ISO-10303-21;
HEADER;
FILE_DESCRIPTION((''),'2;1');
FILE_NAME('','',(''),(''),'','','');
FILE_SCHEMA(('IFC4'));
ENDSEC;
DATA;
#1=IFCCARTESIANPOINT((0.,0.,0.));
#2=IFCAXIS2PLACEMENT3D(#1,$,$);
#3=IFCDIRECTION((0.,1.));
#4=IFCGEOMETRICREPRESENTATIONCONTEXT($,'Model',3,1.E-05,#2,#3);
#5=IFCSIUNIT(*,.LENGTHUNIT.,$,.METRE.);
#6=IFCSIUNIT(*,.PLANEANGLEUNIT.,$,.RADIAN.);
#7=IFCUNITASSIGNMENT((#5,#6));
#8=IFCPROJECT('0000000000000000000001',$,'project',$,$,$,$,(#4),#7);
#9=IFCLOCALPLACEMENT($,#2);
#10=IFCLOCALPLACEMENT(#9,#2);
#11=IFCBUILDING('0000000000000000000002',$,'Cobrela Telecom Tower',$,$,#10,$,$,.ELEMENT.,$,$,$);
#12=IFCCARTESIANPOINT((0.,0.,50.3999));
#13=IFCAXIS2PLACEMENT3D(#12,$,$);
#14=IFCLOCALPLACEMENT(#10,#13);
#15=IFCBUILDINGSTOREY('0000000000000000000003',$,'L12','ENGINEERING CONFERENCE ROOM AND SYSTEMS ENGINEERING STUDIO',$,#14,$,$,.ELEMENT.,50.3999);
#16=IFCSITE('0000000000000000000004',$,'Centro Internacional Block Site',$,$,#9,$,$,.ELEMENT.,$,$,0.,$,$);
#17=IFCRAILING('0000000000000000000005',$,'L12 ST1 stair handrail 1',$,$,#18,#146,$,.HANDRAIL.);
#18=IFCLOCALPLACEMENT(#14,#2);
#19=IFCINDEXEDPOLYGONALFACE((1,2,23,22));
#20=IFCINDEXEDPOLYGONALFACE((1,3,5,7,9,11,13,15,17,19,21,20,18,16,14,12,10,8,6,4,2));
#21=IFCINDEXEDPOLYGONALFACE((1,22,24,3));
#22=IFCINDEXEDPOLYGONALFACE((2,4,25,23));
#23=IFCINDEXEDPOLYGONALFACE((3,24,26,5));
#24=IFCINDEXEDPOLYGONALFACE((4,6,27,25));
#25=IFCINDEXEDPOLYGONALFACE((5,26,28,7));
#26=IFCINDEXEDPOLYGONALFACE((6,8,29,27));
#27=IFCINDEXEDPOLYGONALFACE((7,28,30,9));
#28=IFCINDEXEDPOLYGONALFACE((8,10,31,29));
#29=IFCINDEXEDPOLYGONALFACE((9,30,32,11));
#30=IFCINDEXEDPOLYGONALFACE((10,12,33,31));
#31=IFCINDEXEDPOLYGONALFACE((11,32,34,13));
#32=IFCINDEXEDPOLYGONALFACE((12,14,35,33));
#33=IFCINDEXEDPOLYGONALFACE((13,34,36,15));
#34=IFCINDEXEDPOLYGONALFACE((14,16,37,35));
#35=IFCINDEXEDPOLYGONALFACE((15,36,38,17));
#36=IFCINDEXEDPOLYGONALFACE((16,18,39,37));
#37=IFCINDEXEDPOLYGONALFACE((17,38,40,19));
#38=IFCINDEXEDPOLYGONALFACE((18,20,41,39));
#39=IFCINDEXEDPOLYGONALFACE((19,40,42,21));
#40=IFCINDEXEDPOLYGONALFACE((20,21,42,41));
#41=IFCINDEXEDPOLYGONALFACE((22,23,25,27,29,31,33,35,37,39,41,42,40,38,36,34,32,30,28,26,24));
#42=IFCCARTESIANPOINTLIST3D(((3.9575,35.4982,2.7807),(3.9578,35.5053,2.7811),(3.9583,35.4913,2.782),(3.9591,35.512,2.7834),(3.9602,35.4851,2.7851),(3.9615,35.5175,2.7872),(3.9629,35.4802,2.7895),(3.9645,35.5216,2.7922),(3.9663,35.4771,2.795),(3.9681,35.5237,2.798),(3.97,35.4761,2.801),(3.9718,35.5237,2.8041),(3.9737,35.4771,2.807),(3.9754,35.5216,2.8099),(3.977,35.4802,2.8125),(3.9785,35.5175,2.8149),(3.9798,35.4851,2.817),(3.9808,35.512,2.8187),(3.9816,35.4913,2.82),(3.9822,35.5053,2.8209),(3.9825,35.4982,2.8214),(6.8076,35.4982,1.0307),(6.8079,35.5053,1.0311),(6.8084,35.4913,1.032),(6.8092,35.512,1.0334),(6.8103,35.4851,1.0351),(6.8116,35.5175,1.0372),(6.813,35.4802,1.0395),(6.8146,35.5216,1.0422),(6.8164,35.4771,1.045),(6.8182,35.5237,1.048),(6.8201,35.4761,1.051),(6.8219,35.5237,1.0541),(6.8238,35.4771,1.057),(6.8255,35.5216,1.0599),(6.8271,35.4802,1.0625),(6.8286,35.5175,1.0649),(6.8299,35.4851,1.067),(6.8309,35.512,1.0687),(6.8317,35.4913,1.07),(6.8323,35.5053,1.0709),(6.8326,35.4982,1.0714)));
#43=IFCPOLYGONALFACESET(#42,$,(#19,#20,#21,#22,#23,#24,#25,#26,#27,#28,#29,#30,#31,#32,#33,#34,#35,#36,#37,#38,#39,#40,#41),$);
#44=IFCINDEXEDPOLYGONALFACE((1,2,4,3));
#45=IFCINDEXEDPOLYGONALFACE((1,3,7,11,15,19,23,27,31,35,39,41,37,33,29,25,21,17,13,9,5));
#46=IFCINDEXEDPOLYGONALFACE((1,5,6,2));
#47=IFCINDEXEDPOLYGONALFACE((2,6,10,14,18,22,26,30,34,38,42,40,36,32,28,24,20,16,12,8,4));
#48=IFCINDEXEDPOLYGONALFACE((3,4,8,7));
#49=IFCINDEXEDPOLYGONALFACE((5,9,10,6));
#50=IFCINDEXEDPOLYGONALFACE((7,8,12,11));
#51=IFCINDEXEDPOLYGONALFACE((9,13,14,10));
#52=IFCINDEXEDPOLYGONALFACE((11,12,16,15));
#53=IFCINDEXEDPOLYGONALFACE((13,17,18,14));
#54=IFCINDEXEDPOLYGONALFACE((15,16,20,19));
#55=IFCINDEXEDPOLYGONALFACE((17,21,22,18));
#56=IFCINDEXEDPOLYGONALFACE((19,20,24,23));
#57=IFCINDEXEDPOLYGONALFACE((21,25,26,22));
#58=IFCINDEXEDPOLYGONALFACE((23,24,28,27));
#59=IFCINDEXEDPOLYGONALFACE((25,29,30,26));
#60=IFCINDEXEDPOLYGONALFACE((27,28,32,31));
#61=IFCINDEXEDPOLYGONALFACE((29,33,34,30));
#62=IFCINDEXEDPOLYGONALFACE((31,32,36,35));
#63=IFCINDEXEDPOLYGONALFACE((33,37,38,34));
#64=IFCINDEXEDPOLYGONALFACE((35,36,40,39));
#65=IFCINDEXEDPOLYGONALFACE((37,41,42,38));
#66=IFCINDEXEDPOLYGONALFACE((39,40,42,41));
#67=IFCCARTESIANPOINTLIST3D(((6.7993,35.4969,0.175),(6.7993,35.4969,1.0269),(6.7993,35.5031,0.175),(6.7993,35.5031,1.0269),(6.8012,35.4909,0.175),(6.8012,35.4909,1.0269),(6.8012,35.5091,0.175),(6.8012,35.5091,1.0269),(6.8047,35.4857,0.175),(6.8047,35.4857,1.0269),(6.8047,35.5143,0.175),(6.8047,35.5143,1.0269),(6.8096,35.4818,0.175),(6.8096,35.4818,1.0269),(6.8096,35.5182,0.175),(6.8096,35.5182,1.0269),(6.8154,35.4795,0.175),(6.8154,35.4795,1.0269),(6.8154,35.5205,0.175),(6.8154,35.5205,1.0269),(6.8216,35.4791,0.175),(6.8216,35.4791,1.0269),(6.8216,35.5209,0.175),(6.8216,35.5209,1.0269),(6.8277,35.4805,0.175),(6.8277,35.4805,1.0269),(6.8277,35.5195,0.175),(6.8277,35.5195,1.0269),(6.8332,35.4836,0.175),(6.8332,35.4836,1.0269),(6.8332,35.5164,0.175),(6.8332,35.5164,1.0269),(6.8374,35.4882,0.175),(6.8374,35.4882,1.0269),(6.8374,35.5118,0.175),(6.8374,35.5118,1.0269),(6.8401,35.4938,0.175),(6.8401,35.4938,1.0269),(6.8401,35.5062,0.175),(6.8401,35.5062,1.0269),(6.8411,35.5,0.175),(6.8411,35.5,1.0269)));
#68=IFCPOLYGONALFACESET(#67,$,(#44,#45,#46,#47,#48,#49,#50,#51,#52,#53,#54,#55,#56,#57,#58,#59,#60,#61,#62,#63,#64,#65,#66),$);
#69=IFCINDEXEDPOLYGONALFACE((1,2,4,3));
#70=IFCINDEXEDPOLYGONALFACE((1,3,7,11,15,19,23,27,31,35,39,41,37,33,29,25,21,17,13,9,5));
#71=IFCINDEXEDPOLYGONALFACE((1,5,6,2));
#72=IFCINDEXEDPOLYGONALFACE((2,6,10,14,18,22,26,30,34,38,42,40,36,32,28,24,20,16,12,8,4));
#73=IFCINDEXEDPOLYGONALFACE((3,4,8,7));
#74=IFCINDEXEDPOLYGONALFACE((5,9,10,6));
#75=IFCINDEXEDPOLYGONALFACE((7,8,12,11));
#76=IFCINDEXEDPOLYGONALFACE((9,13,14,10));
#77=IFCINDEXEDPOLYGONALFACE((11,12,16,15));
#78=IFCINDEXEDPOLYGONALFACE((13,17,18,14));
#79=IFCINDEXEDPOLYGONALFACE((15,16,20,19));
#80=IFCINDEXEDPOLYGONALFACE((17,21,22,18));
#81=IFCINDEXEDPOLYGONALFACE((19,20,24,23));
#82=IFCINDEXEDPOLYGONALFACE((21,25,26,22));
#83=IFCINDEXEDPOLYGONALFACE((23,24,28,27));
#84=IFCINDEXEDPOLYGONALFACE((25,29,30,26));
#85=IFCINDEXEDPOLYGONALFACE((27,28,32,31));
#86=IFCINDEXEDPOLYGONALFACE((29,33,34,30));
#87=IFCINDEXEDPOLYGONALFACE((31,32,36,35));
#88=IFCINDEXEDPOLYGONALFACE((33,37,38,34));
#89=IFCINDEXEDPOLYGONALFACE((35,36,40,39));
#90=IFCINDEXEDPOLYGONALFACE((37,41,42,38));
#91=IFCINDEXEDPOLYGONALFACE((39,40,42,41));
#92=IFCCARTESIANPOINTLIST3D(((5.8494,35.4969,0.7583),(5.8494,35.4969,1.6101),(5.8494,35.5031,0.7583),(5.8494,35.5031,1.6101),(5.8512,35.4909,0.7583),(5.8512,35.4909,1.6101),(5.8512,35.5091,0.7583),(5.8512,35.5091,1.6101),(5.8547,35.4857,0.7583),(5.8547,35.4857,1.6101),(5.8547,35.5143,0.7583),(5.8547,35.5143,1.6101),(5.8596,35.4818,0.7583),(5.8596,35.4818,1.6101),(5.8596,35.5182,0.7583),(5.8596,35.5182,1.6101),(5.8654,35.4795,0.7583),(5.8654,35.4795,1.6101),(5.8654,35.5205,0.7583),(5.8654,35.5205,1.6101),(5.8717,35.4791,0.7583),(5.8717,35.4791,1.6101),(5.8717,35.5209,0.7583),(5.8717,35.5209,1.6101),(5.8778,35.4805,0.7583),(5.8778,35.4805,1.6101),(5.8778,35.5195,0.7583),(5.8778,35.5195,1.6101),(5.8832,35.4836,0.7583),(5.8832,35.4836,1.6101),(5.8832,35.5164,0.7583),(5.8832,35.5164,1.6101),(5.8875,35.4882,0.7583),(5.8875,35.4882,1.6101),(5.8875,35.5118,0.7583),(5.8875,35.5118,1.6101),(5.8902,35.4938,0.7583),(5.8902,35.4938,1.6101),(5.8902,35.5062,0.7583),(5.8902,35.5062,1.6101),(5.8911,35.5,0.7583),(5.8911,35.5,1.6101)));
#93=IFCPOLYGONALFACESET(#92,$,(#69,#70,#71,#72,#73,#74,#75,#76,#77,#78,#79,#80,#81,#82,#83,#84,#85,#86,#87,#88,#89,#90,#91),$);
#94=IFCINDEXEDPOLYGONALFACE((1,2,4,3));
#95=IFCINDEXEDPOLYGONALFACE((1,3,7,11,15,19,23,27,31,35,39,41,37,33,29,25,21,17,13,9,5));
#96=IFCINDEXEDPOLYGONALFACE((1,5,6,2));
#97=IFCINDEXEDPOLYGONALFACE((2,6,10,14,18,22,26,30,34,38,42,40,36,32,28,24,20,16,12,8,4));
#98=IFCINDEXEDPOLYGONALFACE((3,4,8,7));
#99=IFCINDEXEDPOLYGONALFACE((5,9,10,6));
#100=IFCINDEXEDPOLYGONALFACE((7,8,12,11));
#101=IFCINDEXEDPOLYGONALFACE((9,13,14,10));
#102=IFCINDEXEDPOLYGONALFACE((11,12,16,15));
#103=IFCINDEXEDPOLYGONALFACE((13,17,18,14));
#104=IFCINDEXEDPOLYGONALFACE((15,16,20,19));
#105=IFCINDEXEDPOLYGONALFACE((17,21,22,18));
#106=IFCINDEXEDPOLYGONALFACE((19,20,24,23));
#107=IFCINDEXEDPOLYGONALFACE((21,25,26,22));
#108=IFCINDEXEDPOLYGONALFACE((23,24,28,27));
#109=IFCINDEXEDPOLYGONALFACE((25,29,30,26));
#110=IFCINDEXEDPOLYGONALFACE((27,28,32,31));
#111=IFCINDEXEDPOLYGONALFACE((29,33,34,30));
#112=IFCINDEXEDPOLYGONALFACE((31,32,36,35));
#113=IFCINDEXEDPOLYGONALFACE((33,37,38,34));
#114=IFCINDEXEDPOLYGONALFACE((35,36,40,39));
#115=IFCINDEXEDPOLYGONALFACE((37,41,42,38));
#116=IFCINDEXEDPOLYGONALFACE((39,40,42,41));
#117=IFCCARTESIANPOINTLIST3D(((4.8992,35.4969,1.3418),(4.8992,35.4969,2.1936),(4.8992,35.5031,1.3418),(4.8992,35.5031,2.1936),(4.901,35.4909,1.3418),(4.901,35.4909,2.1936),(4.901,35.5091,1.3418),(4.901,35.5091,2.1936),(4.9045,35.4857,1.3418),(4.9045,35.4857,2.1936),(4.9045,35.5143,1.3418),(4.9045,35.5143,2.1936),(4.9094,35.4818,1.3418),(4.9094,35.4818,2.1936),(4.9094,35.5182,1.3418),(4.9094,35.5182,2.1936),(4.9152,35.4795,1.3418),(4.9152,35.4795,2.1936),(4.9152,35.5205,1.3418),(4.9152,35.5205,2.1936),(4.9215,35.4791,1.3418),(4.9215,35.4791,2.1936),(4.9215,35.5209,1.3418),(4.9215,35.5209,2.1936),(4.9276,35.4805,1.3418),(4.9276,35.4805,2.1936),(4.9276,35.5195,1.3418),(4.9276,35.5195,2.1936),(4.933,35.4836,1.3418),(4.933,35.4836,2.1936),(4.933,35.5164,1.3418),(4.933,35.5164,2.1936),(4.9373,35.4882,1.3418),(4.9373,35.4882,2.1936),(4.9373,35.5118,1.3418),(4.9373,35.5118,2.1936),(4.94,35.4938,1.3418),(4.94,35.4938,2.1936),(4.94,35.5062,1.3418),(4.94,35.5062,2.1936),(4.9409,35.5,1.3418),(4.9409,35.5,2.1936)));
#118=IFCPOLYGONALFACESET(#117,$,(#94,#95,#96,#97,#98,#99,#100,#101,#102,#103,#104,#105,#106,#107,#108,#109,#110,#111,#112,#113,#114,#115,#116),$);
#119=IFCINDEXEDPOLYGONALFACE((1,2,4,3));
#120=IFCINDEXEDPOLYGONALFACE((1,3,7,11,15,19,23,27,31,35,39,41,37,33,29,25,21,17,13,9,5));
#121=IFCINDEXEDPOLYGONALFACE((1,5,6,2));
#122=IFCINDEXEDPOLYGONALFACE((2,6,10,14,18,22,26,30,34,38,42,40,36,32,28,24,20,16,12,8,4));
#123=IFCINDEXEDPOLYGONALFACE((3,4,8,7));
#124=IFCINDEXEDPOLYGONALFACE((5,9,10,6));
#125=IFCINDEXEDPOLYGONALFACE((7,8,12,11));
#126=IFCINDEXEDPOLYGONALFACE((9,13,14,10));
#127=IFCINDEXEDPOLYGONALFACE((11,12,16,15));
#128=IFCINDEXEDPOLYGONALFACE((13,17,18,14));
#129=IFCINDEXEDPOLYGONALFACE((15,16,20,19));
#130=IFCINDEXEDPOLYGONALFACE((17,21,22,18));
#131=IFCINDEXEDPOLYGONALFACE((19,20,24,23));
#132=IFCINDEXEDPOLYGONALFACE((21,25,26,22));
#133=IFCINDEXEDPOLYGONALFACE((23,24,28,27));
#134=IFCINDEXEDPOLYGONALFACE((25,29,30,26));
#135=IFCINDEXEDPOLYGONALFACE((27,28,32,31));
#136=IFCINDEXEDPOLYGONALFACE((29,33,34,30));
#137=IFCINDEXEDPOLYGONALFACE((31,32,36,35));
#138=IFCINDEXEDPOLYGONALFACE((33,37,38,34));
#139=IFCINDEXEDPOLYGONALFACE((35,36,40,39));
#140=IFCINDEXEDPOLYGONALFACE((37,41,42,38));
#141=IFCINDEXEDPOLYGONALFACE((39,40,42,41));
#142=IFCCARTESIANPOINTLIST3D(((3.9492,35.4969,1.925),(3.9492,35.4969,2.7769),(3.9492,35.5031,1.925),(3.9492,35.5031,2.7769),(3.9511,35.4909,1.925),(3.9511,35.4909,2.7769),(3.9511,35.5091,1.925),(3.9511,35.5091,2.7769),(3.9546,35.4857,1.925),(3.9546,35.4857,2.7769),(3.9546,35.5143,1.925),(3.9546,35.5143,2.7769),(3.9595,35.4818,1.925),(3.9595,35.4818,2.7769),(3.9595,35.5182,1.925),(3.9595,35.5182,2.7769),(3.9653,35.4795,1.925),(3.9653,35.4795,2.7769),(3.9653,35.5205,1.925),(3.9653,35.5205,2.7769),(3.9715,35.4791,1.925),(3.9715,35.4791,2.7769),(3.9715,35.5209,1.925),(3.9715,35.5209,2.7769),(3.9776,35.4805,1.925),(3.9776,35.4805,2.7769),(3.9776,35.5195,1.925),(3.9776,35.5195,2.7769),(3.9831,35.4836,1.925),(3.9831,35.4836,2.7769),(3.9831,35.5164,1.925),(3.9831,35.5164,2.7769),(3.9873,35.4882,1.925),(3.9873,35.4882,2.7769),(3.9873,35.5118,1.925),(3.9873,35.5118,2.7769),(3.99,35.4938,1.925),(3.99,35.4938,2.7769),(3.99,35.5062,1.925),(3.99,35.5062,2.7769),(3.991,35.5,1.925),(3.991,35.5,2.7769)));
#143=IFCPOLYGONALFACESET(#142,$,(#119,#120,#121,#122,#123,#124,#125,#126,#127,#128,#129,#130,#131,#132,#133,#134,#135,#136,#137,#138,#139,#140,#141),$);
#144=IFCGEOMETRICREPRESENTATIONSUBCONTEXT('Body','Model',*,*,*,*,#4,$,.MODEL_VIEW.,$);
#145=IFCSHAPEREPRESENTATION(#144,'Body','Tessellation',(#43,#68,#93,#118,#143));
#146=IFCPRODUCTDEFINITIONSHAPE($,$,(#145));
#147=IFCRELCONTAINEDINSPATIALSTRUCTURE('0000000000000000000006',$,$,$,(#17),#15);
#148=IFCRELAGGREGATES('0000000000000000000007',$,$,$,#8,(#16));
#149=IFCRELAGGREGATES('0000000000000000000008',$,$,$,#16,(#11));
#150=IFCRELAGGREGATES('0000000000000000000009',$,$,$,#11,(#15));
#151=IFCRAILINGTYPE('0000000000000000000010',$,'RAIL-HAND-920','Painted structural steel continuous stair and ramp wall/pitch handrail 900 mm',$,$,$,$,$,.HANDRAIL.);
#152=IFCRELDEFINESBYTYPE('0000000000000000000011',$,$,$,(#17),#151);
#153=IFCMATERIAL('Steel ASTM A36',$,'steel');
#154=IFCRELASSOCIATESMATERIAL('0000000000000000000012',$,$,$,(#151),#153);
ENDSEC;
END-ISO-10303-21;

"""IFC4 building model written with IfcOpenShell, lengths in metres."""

from ifc_helpers import new_model, si_unit, direction, frame, origin, origin_2d, place, context, subcontext, project, spatial, circle, extrude, material, type_object, element, save


model = new_model("IFC4")

# Units and contexts
model_context = context("Model", 3, precision=1e-05, world=origin(), true_north=direction((0.0, 1.0)))
body_context = subcontext(model_context, "Body", "Model", "MODEL_VIEW")
ifc_project = project(units=[si_unit("LENGTHUNIT", "METRE"), si_unit("PLANEANGLEUNIT", "RADIAN")], contexts=[model_context])

# Site, building, storey
site_placement = place(None, origin())
site = spatial("IfcSite", under=ifc_project, at=site_placement, Name="Centro Internacional Block Site", CompositionType="ELEMENT", RefElevation=0.0)
building_placement = place(site_placement, origin())
building = spatial("IfcBuilding", under=site, at=building_placement, Name="Cobrela Telecom Tower", CompositionType="ELEMENT")
storey_placement = place(building_placement, frame((0.0, 0.0, 50.3999)))
storey = spatial("IfcBuildingStorey", under=building, at=storey_placement, Name="L12", Description="ENGINEERING CONFERENCE ROOM AND SYSTEMS ENGINEERING STUDIO", CompositionType="ELEMENT", Elevation=50.3999)

# Shared definitions
ifc_material_1 = material(Name="Steel ASTM A36", Category="steel")

# Railing
railing_type_1 = type_object("IfcRailingType", Name="RAIL-HAND-920", Description="Painted structural steel continuous stair and ramp wall/pitch handrail 900 mm", PredefinedType="HANDRAIL", material=ifc_material_1)
railing_1_placement = place(storey_placement, frame((6.8201, 35.5, 0.175)))
element("IfcRailing", 1, at=railing_1_placement, inside=storey, type_object=railing_type_1, Name="L12 ST1 stair handrail 1", PredefinedType="HANDRAIL", context=body_context, shape_type="SweptSolid", body=[
    extrude(circle(Radius=0.0239, at=origin_2d()), frame((0.0, 0.0, 0.876), z_axis=(-0.852179, 0.0, 0.52325), x_axis=(0.0, -1.0, 0.0)), (0.0, 0.0, 1.0), 3.3445),
    extrude(circle(Radius=0.021, at=origin_2d()), origin(), (0.0, 0.0, 1.0), 0.8518),
    extrude(circle(Radius=0.021, at=origin_2d()), frame((-0.95, 0.0, 0.5833)), (0.0, 0.0, 1.0), 0.8518),
    extrude(circle(Radius=0.021, at=origin_2d()), frame((-1.9001, 0.0, 1.1667)), (0.0, 0.0, 1.0), 0.8518),
    extrude(circle(Radius=0.021, at=origin_2d()), frame((-2.8501, 0.0, 1.75)), (0.0, 0.0, 1.0), 0.8518),
])

save(model, "model.ifc")
